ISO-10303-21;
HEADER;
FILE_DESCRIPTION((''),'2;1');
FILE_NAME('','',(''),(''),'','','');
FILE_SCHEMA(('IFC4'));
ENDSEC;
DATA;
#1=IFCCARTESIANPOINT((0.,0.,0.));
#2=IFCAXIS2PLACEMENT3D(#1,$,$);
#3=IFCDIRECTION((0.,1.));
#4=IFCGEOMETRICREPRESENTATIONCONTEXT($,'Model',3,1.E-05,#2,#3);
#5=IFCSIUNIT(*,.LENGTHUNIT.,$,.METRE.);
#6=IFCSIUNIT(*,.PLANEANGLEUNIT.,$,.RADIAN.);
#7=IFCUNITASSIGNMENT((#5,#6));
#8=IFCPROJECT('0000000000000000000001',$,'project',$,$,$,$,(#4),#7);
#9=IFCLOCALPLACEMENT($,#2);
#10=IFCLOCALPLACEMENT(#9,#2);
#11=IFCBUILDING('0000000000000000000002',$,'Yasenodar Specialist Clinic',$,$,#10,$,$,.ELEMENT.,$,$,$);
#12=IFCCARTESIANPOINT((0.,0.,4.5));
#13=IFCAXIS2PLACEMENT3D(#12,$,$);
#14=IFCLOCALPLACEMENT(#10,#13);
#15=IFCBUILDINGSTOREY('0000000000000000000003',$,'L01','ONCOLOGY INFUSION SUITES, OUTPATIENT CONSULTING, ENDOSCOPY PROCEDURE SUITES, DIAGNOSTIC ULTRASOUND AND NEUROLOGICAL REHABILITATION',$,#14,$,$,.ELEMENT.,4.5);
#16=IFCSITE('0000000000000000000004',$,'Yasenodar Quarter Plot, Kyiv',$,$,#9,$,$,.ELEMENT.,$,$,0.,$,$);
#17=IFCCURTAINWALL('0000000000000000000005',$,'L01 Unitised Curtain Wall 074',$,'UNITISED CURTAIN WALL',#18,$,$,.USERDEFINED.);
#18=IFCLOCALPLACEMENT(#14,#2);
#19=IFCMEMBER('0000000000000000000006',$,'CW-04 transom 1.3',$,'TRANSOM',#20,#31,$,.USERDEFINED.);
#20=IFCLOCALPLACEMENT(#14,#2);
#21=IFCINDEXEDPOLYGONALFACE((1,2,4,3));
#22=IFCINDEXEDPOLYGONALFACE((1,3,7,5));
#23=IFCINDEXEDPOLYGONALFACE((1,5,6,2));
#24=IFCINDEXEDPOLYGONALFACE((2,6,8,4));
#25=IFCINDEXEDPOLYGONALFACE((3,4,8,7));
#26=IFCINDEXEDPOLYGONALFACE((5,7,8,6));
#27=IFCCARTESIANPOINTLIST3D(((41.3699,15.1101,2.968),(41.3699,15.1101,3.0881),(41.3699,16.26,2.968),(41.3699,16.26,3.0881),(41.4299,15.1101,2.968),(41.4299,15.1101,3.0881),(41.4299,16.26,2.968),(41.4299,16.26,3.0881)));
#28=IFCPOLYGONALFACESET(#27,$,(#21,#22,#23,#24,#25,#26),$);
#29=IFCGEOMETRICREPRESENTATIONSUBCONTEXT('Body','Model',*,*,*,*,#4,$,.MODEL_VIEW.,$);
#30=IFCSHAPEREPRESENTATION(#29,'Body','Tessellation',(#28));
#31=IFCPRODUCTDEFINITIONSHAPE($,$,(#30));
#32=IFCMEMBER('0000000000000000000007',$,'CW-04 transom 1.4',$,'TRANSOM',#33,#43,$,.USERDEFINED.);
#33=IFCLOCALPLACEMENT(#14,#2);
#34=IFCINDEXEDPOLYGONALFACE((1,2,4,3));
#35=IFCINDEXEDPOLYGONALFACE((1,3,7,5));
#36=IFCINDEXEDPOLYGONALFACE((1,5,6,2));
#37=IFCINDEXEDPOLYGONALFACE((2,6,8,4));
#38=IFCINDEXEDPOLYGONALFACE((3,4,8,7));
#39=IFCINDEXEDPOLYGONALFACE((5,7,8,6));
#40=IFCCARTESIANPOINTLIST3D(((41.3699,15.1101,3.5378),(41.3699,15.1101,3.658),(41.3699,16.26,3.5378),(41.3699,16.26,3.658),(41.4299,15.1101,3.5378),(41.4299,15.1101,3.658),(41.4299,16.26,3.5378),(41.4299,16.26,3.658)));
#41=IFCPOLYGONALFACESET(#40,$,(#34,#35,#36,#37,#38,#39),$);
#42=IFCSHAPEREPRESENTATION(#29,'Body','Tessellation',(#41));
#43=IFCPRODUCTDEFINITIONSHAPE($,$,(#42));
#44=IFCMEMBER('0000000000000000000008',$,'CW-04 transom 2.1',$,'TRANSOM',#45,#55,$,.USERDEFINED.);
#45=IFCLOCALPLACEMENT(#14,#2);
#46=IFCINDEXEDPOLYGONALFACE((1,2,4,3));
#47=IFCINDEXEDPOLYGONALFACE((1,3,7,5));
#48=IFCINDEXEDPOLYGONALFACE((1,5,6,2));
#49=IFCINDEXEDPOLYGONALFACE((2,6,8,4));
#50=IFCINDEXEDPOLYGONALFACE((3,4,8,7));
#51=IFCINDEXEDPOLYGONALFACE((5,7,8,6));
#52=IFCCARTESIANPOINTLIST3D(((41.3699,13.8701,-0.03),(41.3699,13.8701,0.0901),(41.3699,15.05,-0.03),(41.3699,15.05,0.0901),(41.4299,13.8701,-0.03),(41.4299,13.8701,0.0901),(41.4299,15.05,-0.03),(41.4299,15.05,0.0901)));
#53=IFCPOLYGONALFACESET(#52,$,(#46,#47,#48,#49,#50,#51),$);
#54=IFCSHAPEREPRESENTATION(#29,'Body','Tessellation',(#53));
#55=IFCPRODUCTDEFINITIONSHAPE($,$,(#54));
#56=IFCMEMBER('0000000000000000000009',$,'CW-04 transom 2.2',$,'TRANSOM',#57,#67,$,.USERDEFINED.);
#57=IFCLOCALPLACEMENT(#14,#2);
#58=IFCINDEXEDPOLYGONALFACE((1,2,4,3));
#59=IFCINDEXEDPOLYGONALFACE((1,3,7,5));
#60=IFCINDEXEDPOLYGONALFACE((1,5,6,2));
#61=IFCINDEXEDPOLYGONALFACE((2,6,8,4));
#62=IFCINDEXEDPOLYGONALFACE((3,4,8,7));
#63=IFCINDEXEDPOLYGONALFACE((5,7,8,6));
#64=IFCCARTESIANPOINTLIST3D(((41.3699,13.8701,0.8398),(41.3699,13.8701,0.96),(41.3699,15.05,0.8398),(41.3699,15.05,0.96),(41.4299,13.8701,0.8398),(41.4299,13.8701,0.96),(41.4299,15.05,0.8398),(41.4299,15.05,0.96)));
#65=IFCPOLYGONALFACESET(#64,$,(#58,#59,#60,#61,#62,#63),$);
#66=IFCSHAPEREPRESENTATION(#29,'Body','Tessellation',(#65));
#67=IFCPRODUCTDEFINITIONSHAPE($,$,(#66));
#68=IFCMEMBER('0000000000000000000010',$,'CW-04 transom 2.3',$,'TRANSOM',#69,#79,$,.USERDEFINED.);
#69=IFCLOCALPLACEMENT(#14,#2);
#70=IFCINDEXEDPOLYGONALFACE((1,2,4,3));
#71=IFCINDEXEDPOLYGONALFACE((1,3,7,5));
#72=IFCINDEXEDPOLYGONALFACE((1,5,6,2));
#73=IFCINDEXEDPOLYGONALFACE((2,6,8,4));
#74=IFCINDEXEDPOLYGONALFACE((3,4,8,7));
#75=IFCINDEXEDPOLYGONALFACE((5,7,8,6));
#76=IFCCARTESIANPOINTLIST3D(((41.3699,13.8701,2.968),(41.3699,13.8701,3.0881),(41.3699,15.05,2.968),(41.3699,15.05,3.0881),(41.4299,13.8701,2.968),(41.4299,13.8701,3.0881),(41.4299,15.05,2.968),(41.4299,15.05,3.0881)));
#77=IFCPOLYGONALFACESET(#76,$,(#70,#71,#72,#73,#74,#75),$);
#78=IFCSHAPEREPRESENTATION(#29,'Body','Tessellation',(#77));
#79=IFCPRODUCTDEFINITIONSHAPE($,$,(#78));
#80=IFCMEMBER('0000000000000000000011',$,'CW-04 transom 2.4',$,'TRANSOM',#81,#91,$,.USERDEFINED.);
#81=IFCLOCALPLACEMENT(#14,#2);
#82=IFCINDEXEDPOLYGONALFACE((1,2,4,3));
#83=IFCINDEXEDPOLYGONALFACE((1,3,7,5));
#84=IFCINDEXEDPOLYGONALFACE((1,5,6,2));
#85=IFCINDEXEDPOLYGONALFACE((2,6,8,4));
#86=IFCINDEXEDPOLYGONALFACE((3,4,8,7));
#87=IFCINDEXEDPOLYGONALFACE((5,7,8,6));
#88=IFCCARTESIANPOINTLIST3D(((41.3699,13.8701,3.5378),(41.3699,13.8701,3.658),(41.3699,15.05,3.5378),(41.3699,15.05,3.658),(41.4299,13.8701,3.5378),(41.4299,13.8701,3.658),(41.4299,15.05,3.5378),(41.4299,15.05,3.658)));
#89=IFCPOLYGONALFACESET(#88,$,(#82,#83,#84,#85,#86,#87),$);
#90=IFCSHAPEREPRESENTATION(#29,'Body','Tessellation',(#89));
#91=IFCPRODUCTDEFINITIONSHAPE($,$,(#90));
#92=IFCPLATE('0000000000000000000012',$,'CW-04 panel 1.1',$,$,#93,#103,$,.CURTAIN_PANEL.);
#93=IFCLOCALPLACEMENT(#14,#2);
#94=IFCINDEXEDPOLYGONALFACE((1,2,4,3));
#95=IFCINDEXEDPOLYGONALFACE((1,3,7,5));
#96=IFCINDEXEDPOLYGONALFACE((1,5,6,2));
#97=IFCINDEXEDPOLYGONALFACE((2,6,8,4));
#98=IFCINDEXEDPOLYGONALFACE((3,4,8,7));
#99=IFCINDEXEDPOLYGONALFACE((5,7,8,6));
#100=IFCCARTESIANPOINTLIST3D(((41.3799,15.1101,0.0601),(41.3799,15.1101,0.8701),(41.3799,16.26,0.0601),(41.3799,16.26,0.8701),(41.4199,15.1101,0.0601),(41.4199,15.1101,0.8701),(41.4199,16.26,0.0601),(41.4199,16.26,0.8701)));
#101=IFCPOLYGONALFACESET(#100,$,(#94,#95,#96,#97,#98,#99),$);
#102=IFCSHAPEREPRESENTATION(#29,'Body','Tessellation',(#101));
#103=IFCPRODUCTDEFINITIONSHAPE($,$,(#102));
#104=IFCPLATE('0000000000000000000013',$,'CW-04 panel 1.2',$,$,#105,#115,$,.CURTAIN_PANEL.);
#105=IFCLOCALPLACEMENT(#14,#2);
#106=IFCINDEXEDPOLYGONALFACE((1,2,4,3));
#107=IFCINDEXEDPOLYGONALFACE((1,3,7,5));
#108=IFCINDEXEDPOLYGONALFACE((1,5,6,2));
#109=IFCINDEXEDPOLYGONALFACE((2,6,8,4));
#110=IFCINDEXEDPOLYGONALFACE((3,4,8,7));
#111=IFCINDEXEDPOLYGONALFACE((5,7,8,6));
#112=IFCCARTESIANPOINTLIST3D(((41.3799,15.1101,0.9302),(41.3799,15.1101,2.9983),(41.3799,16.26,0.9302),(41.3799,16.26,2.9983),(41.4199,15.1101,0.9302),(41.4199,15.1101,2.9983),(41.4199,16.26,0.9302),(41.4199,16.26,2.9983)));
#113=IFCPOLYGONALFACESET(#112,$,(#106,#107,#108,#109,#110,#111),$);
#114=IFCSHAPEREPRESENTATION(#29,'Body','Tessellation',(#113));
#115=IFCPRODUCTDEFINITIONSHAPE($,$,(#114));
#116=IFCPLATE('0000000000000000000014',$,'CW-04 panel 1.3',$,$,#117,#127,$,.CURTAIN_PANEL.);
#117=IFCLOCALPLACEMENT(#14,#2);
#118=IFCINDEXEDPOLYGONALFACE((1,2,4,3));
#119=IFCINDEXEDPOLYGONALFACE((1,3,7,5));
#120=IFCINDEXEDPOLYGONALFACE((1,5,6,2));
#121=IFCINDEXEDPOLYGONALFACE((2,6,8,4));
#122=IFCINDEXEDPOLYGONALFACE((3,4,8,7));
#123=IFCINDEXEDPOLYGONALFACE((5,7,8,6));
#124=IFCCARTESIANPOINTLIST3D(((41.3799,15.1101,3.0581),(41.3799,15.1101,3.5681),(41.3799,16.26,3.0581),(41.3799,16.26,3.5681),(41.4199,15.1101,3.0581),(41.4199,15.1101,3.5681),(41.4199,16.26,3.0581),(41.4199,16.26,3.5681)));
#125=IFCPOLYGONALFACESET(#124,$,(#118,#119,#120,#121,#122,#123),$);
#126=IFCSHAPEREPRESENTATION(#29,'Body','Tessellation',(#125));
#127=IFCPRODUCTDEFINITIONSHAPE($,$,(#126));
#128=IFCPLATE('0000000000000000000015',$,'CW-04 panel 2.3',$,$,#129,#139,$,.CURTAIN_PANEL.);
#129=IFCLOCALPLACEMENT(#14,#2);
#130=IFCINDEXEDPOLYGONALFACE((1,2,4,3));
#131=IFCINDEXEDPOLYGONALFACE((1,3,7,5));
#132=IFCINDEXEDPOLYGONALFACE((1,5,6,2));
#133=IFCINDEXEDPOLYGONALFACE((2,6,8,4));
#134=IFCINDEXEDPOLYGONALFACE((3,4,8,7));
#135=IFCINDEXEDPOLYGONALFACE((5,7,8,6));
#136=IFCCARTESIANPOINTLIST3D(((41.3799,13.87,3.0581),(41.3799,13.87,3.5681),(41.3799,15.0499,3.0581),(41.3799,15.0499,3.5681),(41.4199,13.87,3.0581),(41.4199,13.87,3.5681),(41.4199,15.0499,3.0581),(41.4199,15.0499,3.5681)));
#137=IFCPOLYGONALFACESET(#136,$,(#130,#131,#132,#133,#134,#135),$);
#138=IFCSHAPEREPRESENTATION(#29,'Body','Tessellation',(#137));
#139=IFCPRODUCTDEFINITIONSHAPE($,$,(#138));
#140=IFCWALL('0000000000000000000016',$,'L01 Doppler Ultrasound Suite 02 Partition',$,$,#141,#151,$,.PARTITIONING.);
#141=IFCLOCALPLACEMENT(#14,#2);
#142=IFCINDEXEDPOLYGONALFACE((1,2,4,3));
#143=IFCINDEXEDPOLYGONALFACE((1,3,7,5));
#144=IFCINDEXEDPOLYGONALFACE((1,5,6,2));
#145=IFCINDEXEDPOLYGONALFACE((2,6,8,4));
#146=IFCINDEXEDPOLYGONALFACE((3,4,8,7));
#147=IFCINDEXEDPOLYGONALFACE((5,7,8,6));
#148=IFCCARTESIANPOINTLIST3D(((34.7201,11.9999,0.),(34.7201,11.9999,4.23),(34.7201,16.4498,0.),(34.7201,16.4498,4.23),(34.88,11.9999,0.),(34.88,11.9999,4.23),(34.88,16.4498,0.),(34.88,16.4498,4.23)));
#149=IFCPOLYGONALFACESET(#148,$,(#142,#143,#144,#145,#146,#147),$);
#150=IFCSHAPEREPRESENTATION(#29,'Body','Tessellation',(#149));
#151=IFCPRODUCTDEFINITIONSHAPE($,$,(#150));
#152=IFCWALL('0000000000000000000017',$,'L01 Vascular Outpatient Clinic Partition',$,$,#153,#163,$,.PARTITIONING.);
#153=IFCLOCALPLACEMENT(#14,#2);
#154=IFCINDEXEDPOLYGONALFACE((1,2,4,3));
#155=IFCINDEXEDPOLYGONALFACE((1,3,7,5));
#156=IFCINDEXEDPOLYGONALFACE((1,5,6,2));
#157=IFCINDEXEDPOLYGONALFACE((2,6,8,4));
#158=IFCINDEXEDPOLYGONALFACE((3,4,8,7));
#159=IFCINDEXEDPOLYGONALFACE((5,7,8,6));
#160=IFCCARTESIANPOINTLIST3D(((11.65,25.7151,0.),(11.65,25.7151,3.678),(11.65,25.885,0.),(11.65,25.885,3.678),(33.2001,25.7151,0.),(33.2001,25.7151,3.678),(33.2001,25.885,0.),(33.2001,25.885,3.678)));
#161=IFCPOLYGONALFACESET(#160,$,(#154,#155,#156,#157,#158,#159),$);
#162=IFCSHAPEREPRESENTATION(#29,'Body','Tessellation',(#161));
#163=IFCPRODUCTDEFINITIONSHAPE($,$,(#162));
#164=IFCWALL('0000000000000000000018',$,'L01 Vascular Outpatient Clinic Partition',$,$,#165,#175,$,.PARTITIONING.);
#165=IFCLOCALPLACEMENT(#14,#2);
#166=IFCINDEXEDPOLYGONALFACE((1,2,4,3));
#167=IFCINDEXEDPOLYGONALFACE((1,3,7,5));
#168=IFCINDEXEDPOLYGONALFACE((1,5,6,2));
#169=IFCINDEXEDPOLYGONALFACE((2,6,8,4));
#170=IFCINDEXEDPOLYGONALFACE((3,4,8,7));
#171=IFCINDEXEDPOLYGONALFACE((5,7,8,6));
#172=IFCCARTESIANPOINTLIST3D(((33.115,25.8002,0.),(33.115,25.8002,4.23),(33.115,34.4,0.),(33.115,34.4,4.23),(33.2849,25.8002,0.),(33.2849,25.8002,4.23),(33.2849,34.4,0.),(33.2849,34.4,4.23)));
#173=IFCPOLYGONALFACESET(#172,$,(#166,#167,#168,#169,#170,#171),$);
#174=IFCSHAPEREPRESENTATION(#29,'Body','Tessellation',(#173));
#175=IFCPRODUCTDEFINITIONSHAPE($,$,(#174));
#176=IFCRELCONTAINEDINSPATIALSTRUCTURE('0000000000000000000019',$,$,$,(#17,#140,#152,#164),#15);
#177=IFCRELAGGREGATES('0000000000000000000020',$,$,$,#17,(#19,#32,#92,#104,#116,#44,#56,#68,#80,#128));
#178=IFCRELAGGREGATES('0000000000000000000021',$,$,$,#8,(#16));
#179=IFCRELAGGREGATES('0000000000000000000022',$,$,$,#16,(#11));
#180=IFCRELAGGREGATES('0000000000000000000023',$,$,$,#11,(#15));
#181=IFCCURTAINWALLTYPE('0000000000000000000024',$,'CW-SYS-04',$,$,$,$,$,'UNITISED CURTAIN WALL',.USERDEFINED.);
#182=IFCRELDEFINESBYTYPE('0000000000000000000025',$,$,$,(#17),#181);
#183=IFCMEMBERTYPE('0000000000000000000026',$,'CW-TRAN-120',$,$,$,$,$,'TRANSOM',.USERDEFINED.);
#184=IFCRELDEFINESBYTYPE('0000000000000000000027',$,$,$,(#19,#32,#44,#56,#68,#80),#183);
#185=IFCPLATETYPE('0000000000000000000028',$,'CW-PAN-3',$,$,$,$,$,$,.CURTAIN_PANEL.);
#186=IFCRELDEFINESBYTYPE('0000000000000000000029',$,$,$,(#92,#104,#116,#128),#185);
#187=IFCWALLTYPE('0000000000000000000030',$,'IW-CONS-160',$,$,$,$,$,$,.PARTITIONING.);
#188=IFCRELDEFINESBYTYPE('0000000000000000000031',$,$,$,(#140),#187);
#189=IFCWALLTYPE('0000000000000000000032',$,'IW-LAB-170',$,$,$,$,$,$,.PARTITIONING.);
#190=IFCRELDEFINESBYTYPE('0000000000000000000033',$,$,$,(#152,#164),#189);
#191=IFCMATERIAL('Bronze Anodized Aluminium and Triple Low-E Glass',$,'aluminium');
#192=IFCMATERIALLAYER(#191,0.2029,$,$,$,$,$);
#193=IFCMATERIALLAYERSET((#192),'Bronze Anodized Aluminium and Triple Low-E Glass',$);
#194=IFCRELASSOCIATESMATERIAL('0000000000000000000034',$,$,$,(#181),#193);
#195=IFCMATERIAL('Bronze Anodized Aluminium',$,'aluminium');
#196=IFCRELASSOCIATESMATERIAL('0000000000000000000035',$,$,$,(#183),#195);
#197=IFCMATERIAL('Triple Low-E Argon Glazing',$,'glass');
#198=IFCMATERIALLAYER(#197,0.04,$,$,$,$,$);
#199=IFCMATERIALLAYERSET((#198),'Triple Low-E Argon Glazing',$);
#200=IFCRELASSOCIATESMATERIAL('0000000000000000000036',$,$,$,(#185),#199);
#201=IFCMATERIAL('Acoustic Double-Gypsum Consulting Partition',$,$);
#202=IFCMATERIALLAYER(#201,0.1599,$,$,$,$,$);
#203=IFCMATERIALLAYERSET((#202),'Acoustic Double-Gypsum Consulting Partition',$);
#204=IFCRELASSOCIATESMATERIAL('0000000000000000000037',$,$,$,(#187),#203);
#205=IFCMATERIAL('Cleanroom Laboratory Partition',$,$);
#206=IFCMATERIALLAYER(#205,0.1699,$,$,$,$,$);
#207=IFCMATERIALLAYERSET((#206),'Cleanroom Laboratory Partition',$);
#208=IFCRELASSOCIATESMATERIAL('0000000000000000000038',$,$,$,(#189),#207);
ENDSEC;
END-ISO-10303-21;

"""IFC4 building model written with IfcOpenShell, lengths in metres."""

from ifc_helpers import new_model, si_unit, direction, frame, frame_2d, origin, origin_2d, place, context, subcontext, project, spatial, rectangle, extrude, material, layer, layer_set, material_profile, profile_set, type_object, element, aggregate, save


model = new_model("IFC4")

# Units and contexts
model_context = context("Model", 3, precision=1e-05, world=origin(), true_north=direction((0.0, 1.0)))
body_context = subcontext(model_context, "Body", "Model", "MODEL_VIEW")
ifc_project = project(units=[si_unit("LENGTHUNIT", "METRE"), si_unit("PLANEANGLEUNIT", "RADIAN")], contexts=[model_context])

# Site, building, storey
site_placement = place(None, origin())
site = spatial("IfcSite", under=ifc_project, at=site_placement, Name="Yasenodar Quarter Plot, Kyiv", CompositionType="ELEMENT", RefElevation=0.0)
building_placement = place(site_placement, origin())
building = spatial("IfcBuilding", under=site, at=building_placement, Name="Yasenodar Specialist Clinic", CompositionType="ELEMENT")
storey_placement = place(building_placement, frame((0.0, 0.0, 4.5)))
storey = spatial("IfcBuildingStorey", under=building, at=storey_placement, Name="L01", Description="ONCOLOGY INFUSION SUITES, OUTPATIENT CONSULTING, ENDOSCOPY PROCEDURE SUITES, DIAGNOSTIC ULTRASOUND AND NEUROLOGICAL REHABILITATION", CompositionType="ELEMENT", Elevation=4.5)

# Curtain wall, members, plates
ifc_material_1 = material(Name="Bronze Anodized Aluminium and Triple Low-E Glass", Category="aluminium")
ifc_layer_1 = layer(ifc_material_1, 0.2029)
ifc_layer_set_1 = layer_set([ifc_layer_1], Name="Bronze Anodized Aluminium and Triple Low-E Glass")
curtain_wall_type = type_object("IfcCurtainWallType", Name="CW-SYS-04", ElementType="UNITISED CURTAIN WALL", PredefinedType="USERDEFINED", material=ifc_layer_set_1)
curtain_wall_placement = place(storey_placement, origin())
curtain_wall = element("IfcCurtainWall", 1, at=curtain_wall_placement, inside=storey, type_object=curtain_wall_type, Name="L01 Unitised Curtain Wall 074", ObjectType="UNITISED CURTAIN WALL", PredefinedType="USERDEFINED")
ifc_material_2 = material(Name="Bronze Anodized Aluminium", Category="aluminium")
ifc_material_profile_1 = material_profile(ifc_material_2, rectangle(XDim=0.0601, YDim=0.1201, at=origin_2d()), Name="CW-TRAN 60x120")
ifc_profile_set_1 = profile_set([ifc_material_profile_1], Name="Bronze Anodized Aluminium")
member_type_1 = type_object("IfcMemberType", Name="CW-TRAN-120", ElementType="TRANSOM", PredefinedType="USERDEFINED", material=ifc_profile_set_1)
member_1_placement = place(storey_placement, frame((41.3999, 16.26, 3.0281), z_axis=(0.0, -1.0, 0.0), x_axis=(1.0, 0.0, 0.0)))
member_1 = element("IfcMember", 2, at=member_1_placement, type_object=member_type_1, Name="CW-04 transom 1.3", ObjectType="TRANSOM", PredefinedType="USERDEFINED", context=body_context, shape_type="SweptSolid", body=[
    extrude(rectangle(XDim=0.0601, YDim=0.1201, at=origin_2d()), origin(), (0.0, 0.0, 1.0), 1.1499),
])
member_2_placement = place(storey_placement, frame((41.3999, 16.26, 3.5979), z_axis=(0.0, -1.0, 0.0), x_axis=(1.0, 0.0, 0.0)))
member_2 = element("IfcMember", 3, at=member_2_placement, type_object=member_type_1, Name="CW-04 transom 1.4", ObjectType="TRANSOM", PredefinedType="USERDEFINED", context=body_context, shape_type="SweptSolid", body=[
    extrude(rectangle(XDim=0.0601, YDim=0.1201, at=origin_2d()), origin(), (0.0, 0.0, 1.0), 1.1499),
])
member_3_placement = place(storey_placement, frame((41.3999, 15.05, 0.03), z_axis=(0.0, -1.0, 0.0), x_axis=(1.0, 0.0, 0.0)))
member_3 = element("IfcMember", 4, at=member_3_placement, type_object=member_type_1, Name="CW-04 transom 2.1", ObjectType="TRANSOM", PredefinedType="USERDEFINED", context=body_context, shape_type="SweptSolid", body=[
    extrude(rectangle(XDim=0.0601, YDim=0.1201, at=origin_2d()), origin(), (0.0, 0.0, 1.0), 1.1799),
])
member_4_placement = place(storey_placement, frame((41.3999, 15.05, 0.8999), z_axis=(0.0, -1.0, 0.0), x_axis=(1.0, 0.0, 0.0)))
member_4 = element("IfcMember", 5, at=member_4_placement, type_object=member_type_1, Name="CW-04 transom 2.2", ObjectType="TRANSOM", PredefinedType="USERDEFINED", context=body_context, shape_type="SweptSolid", body=[
    extrude(rectangle(XDim=0.0601, YDim=0.1201, at=origin_2d()), origin(), (0.0, 0.0, 1.0), 1.1799),
])
member_5_placement = place(storey_placement, frame((41.3999, 15.05, 3.0281), z_axis=(0.0, -1.0, 0.0), x_axis=(1.0, 0.0, 0.0)))
member_5 = element("IfcMember", 6, at=member_5_placement, type_object=member_type_1, Name="CW-04 transom 2.3", ObjectType="TRANSOM", PredefinedType="USERDEFINED", context=body_context, shape_type="SweptSolid", body=[
    extrude(rectangle(XDim=0.0601, YDim=0.1201, at=origin_2d()), origin(), (0.0, 0.0, 1.0), 1.1799),
])
member_6_placement = place(storey_placement, frame((41.3999, 15.05, 3.5979), z_axis=(0.0, -1.0, 0.0), x_axis=(1.0, 0.0, 0.0)))
member_6 = element("IfcMember", 7, at=member_6_placement, type_object=member_type_1, Name="CW-04 transom 2.4", ObjectType="TRANSOM", PredefinedType="USERDEFINED", context=body_context, shape_type="SweptSolid", body=[
    extrude(rectangle(XDim=0.0601, YDim=0.1201, at=origin_2d()), origin(), (0.0, 0.0, 1.0), 1.1799),
])
ifc_material_3 = material(Name="Triple Low-E Argon Glazing", Category="glass")
ifc_layer_2 = layer(ifc_material_3, 0.04)
ifc_layer_set_2 = layer_set([ifc_layer_2], Name="Triple Low-E Argon Glazing")
plate_type = type_object("IfcPlateType", Name="CW-PAN-3", PredefinedType="CURTAIN_PANEL", material=ifc_layer_set_2)
plate_1_placement = place(storey_placement, frame((41.3999, 15.6851, 0.0601), z_axis=(0.0, 0.0, 1.0), x_axis=(0.0, -1.0, 0.0)))
plate_1 = element("IfcPlate", 8, at=plate_1_placement, type_object=plate_type, Name="CW-04 panel 1.1", PredefinedType="CURTAIN_PANEL", context=body_context, shape_type="SweptSolid", body=[
    extrude(rectangle(XDim=1.1499, YDim=0.04, at=origin_2d()), origin(), (0.0, 0.0, 1.0), 0.8101),
])
plate_2_placement = place(storey_placement, frame((41.3999, 15.6851, 0.9302), z_axis=(0.0, 0.0, 1.0), x_axis=(0.0, -1.0, 0.0)))
plate_2 = element("IfcPlate", 9, at=plate_2_placement, type_object=plate_type, Name="CW-04 panel 1.2", PredefinedType="CURTAIN_PANEL", context=body_context, shape_type="SweptSolid", body=[
    extrude(rectangle(XDim=1.1499, YDim=0.04, at=origin_2d()), origin(), (0.0, 0.0, 1.0), 2.0681),
])
plate_3_placement = place(storey_placement, frame((41.3999, 15.6851, 3.0581), z_axis=(0.0, 0.0, 1.0), x_axis=(0.0, -1.0, 0.0)))
plate_3 = element("IfcPlate", 10, at=plate_3_placement, type_object=plate_type, Name="CW-04 panel 1.3", PredefinedType="CURTAIN_PANEL", context=body_context, shape_type="SweptSolid", body=[
    extrude(rectangle(XDim=1.1499, YDim=0.04, at=origin_2d()), origin(), (0.0, 0.0, 1.0), 0.51),
])
plate_4_placement = place(storey_placement, frame((41.3999, 14.46, 3.0581), z_axis=(0.0, 0.0, 1.0), x_axis=(0.0, -1.0, 0.0)))
plate_4 = element("IfcPlate", 11, at=plate_4_placement, type_object=plate_type, Name="CW-04 panel 2.3", PredefinedType="CURTAIN_PANEL", context=body_context, shape_type="SweptSolid", body=[
    extrude(rectangle(XDim=1.1799, YDim=0.04, at=origin_2d()), origin(), (0.0, 0.0, 1.0), 0.51),
])
aggregate(curtain_wall, [member_1, member_2, plate_1, plate_2, plate_3, member_3, member_4, member_5, member_6, plate_4])

# Walls
ifc_material_4 = material(Name="Acoustic Double-Gypsum Consulting Partition")
ifc_layer_3 = layer(ifc_material_4, 0.1599)
ifc_layer_set_3 = layer_set([ifc_layer_3], Name="Acoustic Double-Gypsum Consulting Partition")
wall_type_1 = type_object("IfcWallType", Name="IW-CONS-160", PredefinedType="PARTITIONING", material=ifc_layer_set_3)
wall_1_placement = place(storey_placement, frame((34.8, 16.45, 0.0), z_axis=(0.0, 0.0, 1.0), x_axis=(0.0, -1.0, 0.0)))
element("IfcWall", 12, at=wall_1_placement, inside=storey, type_object=wall_type_1, Name="L01 Doppler Ultrasound Suite 02 Partition", PredefinedType="PARTITIONING", context=body_context, shape_type="SweptSolid", body=[
    extrude(rectangle(XDim=4.45, YDim=0.1599, at=frame_2d((2.2251, 0.0))), origin(), (0.0, 0.0, 1.0), 4.23),
])
ifc_material_5 = material(Name="Cleanroom Laboratory Partition")
ifc_layer_4 = layer(ifc_material_5, 0.1699)
ifc_layer_set_4 = layer_set([ifc_layer_4], Name="Cleanroom Laboratory Partition")
wall_type_2 = type_object("IfcWallType", Name="IW-LAB-170", PredefinedType="PARTITIONING", material=ifc_layer_set_4)
wall_2_placement = place(storey_placement, frame((33.2, 25.8, 0.0), z_axis=(0.0, 0.0, 1.0), x_axis=(-1.0, 0.0, 0.0)))
element("IfcWall", 13, at=wall_2_placement, inside=storey, type_object=wall_type_2, Name="L01 Vascular Outpatient Clinic Partition", PredefinedType="PARTITIONING", context=body_context, shape_type="SweptSolid", body=[
    extrude(rectangle(XDim=21.55, YDim=0.1699, at=frame_2d((10.7749, 0.0))), origin(), (0.0, 0.0, 1.0), 3.678),
])
wall_3_placement = place(storey_placement, frame((33.2, 34.3999, 0.0), z_axis=(0.0, 0.0, 1.0), x_axis=(0.0, -1.0, 0.0)))
element("IfcWall", 14, at=wall_3_placement, inside=storey, type_object=wall_type_2, Name="L01 Vascular Outpatient Clinic Partition", PredefinedType="PARTITIONING", context=body_context, shape_type="SweptSolid", body=[
    extrude(rectangle(XDim=8.5999, YDim=0.1699, at=frame_2d((4.2998, 0.0))), origin(), (0.0, 0.0, 1.0), 4.23),
])

save(model, "model.ifc")
